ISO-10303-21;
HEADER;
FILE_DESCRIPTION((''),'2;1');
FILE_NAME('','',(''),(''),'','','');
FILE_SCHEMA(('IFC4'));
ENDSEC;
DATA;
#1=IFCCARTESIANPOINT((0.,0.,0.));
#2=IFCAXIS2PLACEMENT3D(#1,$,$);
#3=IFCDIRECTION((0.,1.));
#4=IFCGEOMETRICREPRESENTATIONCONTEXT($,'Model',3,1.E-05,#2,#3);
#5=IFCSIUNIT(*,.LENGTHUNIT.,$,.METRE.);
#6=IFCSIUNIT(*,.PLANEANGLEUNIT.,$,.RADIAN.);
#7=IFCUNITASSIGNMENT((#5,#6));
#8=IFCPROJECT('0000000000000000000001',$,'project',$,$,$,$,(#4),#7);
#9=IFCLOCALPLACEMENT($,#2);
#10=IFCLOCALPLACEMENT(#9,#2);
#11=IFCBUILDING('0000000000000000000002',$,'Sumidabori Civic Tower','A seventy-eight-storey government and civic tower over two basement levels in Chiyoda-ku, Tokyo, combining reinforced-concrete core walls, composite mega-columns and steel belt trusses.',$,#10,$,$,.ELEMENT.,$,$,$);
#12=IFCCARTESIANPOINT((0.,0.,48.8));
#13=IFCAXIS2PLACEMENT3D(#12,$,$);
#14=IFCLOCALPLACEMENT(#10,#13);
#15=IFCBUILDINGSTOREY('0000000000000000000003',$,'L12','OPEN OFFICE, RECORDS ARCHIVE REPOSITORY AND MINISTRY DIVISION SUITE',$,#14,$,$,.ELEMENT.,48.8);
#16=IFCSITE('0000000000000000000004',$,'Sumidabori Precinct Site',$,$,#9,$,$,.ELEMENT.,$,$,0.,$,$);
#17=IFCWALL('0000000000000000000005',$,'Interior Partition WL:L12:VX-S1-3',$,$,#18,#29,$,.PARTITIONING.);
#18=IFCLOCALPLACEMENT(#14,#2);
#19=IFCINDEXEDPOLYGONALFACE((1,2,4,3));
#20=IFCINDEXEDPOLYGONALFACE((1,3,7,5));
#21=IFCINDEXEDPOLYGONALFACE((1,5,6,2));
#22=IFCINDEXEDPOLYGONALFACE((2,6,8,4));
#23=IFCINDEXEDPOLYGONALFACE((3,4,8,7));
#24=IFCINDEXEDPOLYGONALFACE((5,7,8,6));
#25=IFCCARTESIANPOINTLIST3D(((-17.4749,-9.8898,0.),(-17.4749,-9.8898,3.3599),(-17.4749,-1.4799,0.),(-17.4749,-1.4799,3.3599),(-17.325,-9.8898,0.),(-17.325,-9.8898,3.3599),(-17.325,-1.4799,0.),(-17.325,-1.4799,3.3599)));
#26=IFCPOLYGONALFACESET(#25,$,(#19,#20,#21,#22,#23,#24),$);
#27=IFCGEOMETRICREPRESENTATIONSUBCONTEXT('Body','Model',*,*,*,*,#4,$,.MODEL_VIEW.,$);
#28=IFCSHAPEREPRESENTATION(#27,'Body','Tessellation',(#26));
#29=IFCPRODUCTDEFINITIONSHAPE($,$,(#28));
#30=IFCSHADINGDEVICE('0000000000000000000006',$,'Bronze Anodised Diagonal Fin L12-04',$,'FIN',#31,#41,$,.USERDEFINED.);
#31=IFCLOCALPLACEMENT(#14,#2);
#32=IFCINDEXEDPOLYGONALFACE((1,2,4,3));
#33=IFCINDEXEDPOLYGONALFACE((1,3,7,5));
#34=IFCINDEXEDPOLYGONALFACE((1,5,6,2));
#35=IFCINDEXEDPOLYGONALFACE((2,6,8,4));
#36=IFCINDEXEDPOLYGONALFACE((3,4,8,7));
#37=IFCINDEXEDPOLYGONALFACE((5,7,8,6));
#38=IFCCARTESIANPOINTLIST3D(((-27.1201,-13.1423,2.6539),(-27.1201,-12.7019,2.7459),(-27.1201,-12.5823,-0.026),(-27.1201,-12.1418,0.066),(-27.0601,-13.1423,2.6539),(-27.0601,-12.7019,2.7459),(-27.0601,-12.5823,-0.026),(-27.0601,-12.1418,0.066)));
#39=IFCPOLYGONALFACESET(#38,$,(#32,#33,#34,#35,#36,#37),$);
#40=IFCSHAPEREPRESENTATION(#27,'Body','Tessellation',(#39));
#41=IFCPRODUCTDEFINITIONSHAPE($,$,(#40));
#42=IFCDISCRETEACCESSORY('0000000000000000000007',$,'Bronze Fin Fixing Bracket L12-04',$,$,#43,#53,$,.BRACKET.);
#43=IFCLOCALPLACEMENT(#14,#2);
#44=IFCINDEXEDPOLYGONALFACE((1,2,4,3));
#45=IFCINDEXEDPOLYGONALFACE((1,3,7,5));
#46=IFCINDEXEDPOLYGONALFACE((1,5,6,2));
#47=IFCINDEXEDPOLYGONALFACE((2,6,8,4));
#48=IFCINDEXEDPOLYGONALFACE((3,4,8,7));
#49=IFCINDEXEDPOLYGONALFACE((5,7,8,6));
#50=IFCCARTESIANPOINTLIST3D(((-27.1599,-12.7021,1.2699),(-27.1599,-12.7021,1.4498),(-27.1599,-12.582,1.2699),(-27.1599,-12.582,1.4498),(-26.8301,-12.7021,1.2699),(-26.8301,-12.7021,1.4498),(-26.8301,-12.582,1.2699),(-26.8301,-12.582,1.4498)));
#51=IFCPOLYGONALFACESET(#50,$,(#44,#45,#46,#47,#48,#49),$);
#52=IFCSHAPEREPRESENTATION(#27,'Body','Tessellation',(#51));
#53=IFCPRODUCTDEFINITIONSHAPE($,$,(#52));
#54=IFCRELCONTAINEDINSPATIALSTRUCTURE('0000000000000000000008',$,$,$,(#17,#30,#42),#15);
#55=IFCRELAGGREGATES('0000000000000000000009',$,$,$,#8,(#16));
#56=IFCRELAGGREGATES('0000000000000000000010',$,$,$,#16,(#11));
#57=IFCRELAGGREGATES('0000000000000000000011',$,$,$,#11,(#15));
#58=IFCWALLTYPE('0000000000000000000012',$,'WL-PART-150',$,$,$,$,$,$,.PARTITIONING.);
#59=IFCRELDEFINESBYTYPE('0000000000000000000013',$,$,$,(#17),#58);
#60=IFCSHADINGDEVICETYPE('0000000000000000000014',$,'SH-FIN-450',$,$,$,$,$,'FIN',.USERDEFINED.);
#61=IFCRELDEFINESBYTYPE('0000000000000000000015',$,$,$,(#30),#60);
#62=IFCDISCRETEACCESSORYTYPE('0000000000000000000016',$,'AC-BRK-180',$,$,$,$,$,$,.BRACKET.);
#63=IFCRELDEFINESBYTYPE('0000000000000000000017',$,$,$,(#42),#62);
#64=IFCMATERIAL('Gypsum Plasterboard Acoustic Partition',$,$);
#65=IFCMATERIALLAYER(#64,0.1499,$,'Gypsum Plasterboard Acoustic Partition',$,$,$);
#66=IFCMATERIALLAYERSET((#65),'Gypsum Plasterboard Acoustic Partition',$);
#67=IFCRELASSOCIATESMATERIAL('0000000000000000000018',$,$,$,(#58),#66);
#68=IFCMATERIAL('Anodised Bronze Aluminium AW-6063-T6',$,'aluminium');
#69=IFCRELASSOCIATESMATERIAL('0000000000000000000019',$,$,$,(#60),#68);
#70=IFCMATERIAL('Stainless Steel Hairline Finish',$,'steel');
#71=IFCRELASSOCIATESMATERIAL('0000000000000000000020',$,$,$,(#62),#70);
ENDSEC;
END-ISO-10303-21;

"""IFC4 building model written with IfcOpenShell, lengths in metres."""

from ifc_helpers import new_model, si_unit, direction, frame, frame_2d, origin, origin_2d, place, context, subcontext, project, spatial, rectangle, extrude, source, transform, mapped, material, layer, layer_set, material_profile, profile_set, type_object, element, save


model = new_model("IFC4")

# Units and contexts
model_context = context("Model", 3, precision=1e-05, world=origin(), true_north=direction((0.0, 1.0)))
body_context = subcontext(model_context, "Body", "Model", "MODEL_VIEW")
ifc_project = project(units=[si_unit("LENGTHUNIT", "METRE"), si_unit("PLANEANGLEUNIT", "RADIAN")], contexts=[model_context])

# Site, building, storey
site_placement = place(None, origin())
site = spatial("IfcSite", under=ifc_project, at=site_placement, Name="Sumidabori Precinct Site", CompositionType="ELEMENT", RefElevation=0.0)
building_placement = place(site_placement, origin())
building = spatial("IfcBuilding", under=site, at=building_placement, Name="Sumidabori Civic Tower", Description="A seventy-eight-storey government and civic tower over two basement levels in Chiyoda-ku, Tokyo, combining reinforced-concrete core walls, composite mega-columns and steel belt trusses.", CompositionType="ELEMENT")
storey_placement = place(building_placement, frame((0.0, 0.0, 48.8)))
storey = spatial("IfcBuildingStorey", under=building, at=storey_placement, Name="L12", Description="OPEN OFFICE, RECORDS ARCHIVE REPOSITORY AND MINISTRY DIVISION SUITE", CompositionType="ELEMENT", Elevation=48.8)

# Shared definitions
ifc_material_1 = material(Name="Anodised Bronze Aluminium AW-6063-T6", Category="aluminium")

# Shared definitions
ifc_material_2 = material(Name="Gypsum Plasterboard Acoustic Partition")
ifc_layer_1 = layer(ifc_material_2, 0.1499, Name="Gypsum Plasterboard Acoustic Partition")
ifc_layer_set_1 = layer_set([ifc_layer_1], Name="Gypsum Plasterboard Acoustic Partition")
wall_type = type_object("IfcWallType", Name="WL-PART-150", PredefinedType="PARTITIONING", material=ifc_layer_set_1)

# Wall
shared_shape_1 = source(origin(), body_context, "Body", "SweptSolid", [
    extrude(rectangle(XDim=8.4099, YDim=0.1499, at=frame_2d((4.2051, 0.0))), origin(), (0.0, 0.0, 1.0), 3.3599),
])
wall_1_placement = place(storey_placement, frame((-17.3999, -9.8899, 0.0), z_axis=(0.0, 0.0, 1.0), x_axis=(0.0, 1.0, 0.0)))
element("IfcWall", 1, at=wall_1_placement, inside=storey, type_object=wall_type, Name="Interior Partition WL:L12:VX-S1-3", PredefinedType="PARTITIONING", context=body_context, shape_type="MappedRepresentation", body=[
    mapped(shared_shape_1, transform((0.0, 0.0, 0.0), x_axis=(1.0, 0.0, 0.0), y_axis=(0.0, 1.0, 0.0), z_axis=(0.0, 0.0, 1.0), scale=1.0)),
])

# Shading device
ifc_material_profile_1 = material_profile(ifc_material_1, rectangle(XDim=0.0601, YDim=0.45, at=origin_2d()), Name="BRONZE FIN 450x60")
ifc_profile_set_1 = profile_set([ifc_material_profile_1], Name="Anodised Bronze Aluminium AW-6063-T6")
shading_device_type = type_object("IfcShadingDeviceType", Name="SH-FIN-450", ElementType="FIN", PredefinedType="USERDEFINED", material=ifc_profile_set_1)
shared_shape_2 = source(origin(), body_context, "Body", "SweptSolid", [
    extrude(rectangle(XDim=0.0601, YDim=0.45, at=origin_2d()), origin(), (0.0, 0.0, 1.0), 2.7378),
])
shading_device_placement = place(storey_placement, frame((-27.0901, -12.3621, 0.02), z_axis=(0.0, -0.204563, 0.978853), x_axis=(-1.0, 0.0, 0.0)))
element("IfcShadingDevice", 2, at=shading_device_placement, inside=storey, type_object=shading_device_type, Name="Bronze Anodised Diagonal Fin L12-04", ObjectType="FIN", PredefinedType="USERDEFINED", context=body_context, shape_type="MappedRepresentation", body=[
    mapped(shared_shape_2, transform((0.0, 0.0, 0.0), x_axis=(1.0, 0.0, 0.0), y_axis=(0.0, 1.0, 0.0), z_axis=(0.0, 0.0, 1.0), scale=1.0)),
])

# Discrete accessory
ifc_material_3 = material(Name="Stainless Steel Hairline Finish", Category="steel")
ifc_material_profile_2 = material_profile(ifc_material_3, rectangle(XDim=0.1201, YDim=0.1799, at=origin_2d()), Name="STEEL BRACKET 180x120")
ifc_profile_set_2 = profile_set([ifc_material_profile_2], Name="Stainless Steel Hairline Finish")
discrete_accessory_type = type_object("IfcDiscreteAccessoryType", Name="AC-BRK-180", PredefinedType="BRACKET", material=ifc_profile_set_2)
shared_shape_3 = source(origin(), body_context, "Body", "SweptSolid", [
    extrude(rectangle(XDim=0.1201, YDim=0.1799, at=origin_2d()), origin(), (0.0, 0.0, 1.0), 0.3298),
])
discrete_accessory_placement = place(storey_placement, frame((-26.8301, -12.6421, 1.3599), z_axis=(-1.0, 0.0, 0.0), x_axis=(0.0, -1.0, 0.0)))
element("IfcDiscreteAccessory", 3, at=discrete_accessory_placement, inside=storey, type_object=discrete_accessory_type, Name="Bronze Fin Fixing Bracket L12-04", PredefinedType="BRACKET", context=body_context, shape_type="MappedRepresentation", body=[
    mapped(shared_shape_3, transform((0.0, 0.0, 0.0), x_axis=(1.0, 0.0, 0.0), y_axis=(0.0, 1.0, 0.0), z_axis=(0.0, 0.0, 1.0), scale=1.0)),
])

save(model, "model.ifc")
